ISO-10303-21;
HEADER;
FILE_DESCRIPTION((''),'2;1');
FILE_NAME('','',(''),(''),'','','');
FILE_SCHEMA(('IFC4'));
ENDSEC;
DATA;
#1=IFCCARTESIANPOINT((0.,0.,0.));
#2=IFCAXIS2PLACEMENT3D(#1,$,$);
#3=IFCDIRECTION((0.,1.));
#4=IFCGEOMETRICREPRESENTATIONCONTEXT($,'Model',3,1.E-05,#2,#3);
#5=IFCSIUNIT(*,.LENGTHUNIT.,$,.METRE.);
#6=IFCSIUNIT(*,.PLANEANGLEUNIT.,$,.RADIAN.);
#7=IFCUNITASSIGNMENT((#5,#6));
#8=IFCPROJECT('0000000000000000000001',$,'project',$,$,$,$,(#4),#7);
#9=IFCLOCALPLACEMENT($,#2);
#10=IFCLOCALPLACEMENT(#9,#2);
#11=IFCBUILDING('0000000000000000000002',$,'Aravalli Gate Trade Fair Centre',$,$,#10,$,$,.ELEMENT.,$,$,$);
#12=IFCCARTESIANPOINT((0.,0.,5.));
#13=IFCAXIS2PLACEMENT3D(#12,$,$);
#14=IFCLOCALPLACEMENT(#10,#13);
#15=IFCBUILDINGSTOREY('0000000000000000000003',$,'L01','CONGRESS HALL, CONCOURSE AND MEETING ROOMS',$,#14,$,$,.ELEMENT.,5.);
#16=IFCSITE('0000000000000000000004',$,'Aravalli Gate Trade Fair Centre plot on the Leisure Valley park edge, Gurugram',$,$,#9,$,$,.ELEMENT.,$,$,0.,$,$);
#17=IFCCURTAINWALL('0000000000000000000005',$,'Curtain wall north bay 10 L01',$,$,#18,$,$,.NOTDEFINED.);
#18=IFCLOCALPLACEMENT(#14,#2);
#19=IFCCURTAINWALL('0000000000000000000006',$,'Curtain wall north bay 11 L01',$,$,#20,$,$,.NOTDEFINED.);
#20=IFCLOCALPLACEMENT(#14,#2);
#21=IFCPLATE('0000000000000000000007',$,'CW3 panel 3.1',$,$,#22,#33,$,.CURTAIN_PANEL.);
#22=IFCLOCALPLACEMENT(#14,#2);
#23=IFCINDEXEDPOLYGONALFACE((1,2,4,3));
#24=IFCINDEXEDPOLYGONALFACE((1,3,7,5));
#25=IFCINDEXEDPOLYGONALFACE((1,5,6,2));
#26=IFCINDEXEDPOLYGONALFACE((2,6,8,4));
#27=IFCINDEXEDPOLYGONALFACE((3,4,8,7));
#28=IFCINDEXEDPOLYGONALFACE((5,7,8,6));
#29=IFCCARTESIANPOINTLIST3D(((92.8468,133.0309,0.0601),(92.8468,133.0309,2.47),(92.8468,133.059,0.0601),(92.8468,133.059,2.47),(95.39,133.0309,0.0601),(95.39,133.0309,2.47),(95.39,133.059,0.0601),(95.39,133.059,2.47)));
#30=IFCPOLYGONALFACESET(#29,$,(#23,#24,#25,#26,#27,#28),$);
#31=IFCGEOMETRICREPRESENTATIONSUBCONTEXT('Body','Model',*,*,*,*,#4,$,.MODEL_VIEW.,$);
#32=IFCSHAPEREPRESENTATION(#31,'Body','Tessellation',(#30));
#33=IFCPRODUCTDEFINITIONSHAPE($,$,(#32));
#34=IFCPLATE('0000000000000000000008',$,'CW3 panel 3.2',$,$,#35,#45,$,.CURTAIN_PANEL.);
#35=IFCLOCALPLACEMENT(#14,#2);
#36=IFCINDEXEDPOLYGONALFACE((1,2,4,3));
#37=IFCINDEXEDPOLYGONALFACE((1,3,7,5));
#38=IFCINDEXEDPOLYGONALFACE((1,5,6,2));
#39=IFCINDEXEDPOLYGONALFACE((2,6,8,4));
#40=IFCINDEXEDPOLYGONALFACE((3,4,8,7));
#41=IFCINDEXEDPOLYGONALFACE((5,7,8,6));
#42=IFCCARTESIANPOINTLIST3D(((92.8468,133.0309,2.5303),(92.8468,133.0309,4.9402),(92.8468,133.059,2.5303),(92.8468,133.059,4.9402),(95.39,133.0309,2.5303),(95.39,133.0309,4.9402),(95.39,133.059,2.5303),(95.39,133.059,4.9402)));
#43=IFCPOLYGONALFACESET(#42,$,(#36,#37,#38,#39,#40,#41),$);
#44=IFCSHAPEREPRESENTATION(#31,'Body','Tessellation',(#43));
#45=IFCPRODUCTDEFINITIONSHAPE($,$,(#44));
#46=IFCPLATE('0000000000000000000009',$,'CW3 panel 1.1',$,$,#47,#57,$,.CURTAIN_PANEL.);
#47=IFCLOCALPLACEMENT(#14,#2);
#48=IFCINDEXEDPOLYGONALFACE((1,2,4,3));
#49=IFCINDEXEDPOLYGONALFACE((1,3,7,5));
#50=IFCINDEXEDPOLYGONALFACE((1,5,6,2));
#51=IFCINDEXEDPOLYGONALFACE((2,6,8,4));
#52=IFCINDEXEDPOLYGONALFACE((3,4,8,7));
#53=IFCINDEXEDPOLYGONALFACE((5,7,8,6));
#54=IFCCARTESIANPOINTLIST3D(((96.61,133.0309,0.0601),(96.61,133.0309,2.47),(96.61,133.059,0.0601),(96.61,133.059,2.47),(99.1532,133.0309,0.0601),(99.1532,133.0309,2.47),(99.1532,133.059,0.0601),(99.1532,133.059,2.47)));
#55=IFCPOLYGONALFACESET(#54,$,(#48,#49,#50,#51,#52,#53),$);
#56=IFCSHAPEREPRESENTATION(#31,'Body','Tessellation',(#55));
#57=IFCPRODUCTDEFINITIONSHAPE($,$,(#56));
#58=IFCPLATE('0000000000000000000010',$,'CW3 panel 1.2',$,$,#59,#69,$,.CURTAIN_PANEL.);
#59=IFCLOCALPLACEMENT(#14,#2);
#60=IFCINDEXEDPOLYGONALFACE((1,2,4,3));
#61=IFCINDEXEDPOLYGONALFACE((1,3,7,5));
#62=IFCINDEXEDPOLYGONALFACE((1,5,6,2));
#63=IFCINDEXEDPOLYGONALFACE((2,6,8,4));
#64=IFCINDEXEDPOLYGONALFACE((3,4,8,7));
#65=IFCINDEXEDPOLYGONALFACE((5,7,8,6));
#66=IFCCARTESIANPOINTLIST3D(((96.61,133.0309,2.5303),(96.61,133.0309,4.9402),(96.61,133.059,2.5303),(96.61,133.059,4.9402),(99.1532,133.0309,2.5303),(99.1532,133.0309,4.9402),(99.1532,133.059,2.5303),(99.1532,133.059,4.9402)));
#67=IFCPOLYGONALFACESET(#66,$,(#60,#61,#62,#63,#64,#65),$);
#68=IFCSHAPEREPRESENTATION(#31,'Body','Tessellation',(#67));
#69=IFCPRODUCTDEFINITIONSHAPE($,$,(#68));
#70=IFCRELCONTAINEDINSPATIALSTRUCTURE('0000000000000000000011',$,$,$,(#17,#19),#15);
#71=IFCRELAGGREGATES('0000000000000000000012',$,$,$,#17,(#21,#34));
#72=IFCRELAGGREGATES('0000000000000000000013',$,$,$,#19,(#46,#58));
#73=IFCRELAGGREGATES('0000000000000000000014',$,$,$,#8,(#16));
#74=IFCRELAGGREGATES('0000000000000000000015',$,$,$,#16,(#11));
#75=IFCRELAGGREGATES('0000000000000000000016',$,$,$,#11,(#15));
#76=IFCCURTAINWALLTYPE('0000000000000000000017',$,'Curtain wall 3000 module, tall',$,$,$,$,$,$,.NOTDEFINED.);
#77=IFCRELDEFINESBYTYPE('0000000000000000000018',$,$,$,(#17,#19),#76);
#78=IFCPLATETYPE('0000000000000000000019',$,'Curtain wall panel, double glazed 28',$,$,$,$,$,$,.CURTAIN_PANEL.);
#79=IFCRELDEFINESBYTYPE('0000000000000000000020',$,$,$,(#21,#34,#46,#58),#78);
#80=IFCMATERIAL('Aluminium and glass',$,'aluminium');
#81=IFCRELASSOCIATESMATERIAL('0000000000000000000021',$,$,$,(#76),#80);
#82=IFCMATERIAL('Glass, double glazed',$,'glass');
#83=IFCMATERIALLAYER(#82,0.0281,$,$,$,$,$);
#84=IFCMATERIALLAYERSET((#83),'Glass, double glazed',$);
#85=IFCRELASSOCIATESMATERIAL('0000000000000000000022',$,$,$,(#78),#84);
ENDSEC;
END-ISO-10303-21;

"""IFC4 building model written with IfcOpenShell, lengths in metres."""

from ifc_helpers import new_model, si_unit, direction, frame, origin, origin_2d, place, context, subcontext, project, spatial, rectangle, extrude, material, layer, layer_set, type_object, element, aggregate, save


model = new_model("IFC4")

# Units and contexts
model_context = context("Model", 3, precision=1e-05, world=origin(), true_north=direction((0.0, 1.0)))
body_context = subcontext(model_context, "Body", "Model", "MODEL_VIEW")
ifc_project = project(units=[si_unit("LENGTHUNIT", "METRE"), si_unit("PLANEANGLEUNIT", "RADIAN")], contexts=[model_context])

# Site, building, storey
site_placement = place(None, origin())
site = spatial("IfcSite", under=ifc_project, at=site_placement, Name="Aravalli Gate Trade Fair Centre plot on the Leisure Valley park edge, Gurugram", CompositionType="ELEMENT", RefElevation=0.0)
building_placement = place(site_placement, origin())
building = spatial("IfcBuilding", under=site, at=building_placement, Name="Aravalli Gate Trade Fair Centre", CompositionType="ELEMENT")
storey_placement = place(building_placement, frame((0.0, 0.0, 5.0)))
storey = spatial("IfcBuildingStorey", under=building, at=storey_placement, Name="L01", Description="CONGRESS HALL, CONCOURSE AND MEETING ROOMS", CompositionType="ELEMENT", Elevation=5.0)

# Curtain wall
ifc_material_1 = material(Name="Aluminium and glass", Category="aluminium")
curtain_wall_type = type_object("IfcCurtainWallType", Name="Curtain wall 3000 module, tall", PredefinedType="NOTDEFINED", material=ifc_material_1)
curtain_wall_1_placement = place(storey_placement, origin())
curtain_wall_1 = element("IfcCurtainWall", 1, at=curtain_wall_1_placement, inside=storey, type_object=curtain_wall_type, Name="Curtain wall north bay 10 L01", PredefinedType="NOTDEFINED")

# Curtain wall
curtain_wall_2_placement = place(storey_placement, origin())
curtain_wall_2 = element("IfcCurtainWall", 2, at=curtain_wall_2_placement, inside=storey, type_object=curtain_wall_type, Name="Curtain wall north bay 11 L01", PredefinedType="NOTDEFINED")

# Plates
ifc_material_2 = material(Name="Glass, double glazed", Category="glass")
ifc_layer = layer(ifc_material_2, 0.0281)
ifc_layer_set = layer_set([ifc_layer], Name="Glass, double glazed")
plate_type = type_object("IfcPlateType", Name="Curtain wall panel, double glazed 28", PredefinedType="CURTAIN_PANEL", material=ifc_layer_set)
plate_1_placement = place(storey_placement, frame((94.1184, 133.0449, 0.0601), z_axis=(0.0, 0.0, 1.0), x_axis=(1.0, 0.0, 0.0)))
plate_1 = element("IfcPlate", 3, at=plate_1_placement, type_object=plate_type, Name="CW3 panel 3.1", PredefinedType="CURTAIN_PANEL", context=body_context, shape_type="SweptSolid", body=[
    extrude(rectangle(XDim=2.5432, YDim=0.0281, at=origin_2d()), origin(), (0.0, 0.0, 1.0), 2.4099),
])
plate_2_placement = place(storey_placement, frame((94.1184, 133.0449, 2.5303), z_axis=(0.0, 0.0, 1.0), x_axis=(1.0, 0.0, 0.0)))
plate_2 = element("IfcPlate", 4, at=plate_2_placement, type_object=plate_type, Name="CW3 panel 3.2", PredefinedType="CURTAIN_PANEL", context=body_context, shape_type="SweptSolid", body=[
    extrude(rectangle(XDim=2.5432, YDim=0.0281, at=origin_2d()), origin(), (0.0, 0.0, 1.0), 2.4099),
])
aggregate(curtain_wall_1, [plate_1, plate_2])
plate_3_placement = place(storey_placement, frame((97.8816, 133.0449, 0.0601), z_axis=(0.0, 0.0, 1.0), x_axis=(1.0, 0.0, 0.0)))
plate_3 = element("IfcPlate", 5, at=plate_3_placement, type_object=plate_type, Name="CW3 panel 1.1", PredefinedType="CURTAIN_PANEL", context=body_context, shape_type="SweptSolid", body=[
    extrude(rectangle(XDim=2.5432, YDim=0.0281, at=origin_2d()), origin(), (0.0, 0.0, 1.0), 2.4099),
])
plate_4_placement = place(storey_placement, frame((97.8816, 133.0449, 2.5303), z_axis=(0.0, 0.0, 1.0), x_axis=(1.0, 0.0, 0.0)))
plate_4 = element("IfcPlate", 6, at=plate_4_placement, type_object=plate_type, Name="CW3 panel 1.2", PredefinedType="CURTAIN_PANEL", context=body_context, shape_type="SweptSolid", body=[
    extrude(rectangle(XDim=2.5432, YDim=0.0281, at=origin_2d()), origin(), (0.0, 0.0, 1.0), 2.4099),
])
aggregate(curtain_wall_2, [plate_3, plate_4])

save(model, "model.ifc")
